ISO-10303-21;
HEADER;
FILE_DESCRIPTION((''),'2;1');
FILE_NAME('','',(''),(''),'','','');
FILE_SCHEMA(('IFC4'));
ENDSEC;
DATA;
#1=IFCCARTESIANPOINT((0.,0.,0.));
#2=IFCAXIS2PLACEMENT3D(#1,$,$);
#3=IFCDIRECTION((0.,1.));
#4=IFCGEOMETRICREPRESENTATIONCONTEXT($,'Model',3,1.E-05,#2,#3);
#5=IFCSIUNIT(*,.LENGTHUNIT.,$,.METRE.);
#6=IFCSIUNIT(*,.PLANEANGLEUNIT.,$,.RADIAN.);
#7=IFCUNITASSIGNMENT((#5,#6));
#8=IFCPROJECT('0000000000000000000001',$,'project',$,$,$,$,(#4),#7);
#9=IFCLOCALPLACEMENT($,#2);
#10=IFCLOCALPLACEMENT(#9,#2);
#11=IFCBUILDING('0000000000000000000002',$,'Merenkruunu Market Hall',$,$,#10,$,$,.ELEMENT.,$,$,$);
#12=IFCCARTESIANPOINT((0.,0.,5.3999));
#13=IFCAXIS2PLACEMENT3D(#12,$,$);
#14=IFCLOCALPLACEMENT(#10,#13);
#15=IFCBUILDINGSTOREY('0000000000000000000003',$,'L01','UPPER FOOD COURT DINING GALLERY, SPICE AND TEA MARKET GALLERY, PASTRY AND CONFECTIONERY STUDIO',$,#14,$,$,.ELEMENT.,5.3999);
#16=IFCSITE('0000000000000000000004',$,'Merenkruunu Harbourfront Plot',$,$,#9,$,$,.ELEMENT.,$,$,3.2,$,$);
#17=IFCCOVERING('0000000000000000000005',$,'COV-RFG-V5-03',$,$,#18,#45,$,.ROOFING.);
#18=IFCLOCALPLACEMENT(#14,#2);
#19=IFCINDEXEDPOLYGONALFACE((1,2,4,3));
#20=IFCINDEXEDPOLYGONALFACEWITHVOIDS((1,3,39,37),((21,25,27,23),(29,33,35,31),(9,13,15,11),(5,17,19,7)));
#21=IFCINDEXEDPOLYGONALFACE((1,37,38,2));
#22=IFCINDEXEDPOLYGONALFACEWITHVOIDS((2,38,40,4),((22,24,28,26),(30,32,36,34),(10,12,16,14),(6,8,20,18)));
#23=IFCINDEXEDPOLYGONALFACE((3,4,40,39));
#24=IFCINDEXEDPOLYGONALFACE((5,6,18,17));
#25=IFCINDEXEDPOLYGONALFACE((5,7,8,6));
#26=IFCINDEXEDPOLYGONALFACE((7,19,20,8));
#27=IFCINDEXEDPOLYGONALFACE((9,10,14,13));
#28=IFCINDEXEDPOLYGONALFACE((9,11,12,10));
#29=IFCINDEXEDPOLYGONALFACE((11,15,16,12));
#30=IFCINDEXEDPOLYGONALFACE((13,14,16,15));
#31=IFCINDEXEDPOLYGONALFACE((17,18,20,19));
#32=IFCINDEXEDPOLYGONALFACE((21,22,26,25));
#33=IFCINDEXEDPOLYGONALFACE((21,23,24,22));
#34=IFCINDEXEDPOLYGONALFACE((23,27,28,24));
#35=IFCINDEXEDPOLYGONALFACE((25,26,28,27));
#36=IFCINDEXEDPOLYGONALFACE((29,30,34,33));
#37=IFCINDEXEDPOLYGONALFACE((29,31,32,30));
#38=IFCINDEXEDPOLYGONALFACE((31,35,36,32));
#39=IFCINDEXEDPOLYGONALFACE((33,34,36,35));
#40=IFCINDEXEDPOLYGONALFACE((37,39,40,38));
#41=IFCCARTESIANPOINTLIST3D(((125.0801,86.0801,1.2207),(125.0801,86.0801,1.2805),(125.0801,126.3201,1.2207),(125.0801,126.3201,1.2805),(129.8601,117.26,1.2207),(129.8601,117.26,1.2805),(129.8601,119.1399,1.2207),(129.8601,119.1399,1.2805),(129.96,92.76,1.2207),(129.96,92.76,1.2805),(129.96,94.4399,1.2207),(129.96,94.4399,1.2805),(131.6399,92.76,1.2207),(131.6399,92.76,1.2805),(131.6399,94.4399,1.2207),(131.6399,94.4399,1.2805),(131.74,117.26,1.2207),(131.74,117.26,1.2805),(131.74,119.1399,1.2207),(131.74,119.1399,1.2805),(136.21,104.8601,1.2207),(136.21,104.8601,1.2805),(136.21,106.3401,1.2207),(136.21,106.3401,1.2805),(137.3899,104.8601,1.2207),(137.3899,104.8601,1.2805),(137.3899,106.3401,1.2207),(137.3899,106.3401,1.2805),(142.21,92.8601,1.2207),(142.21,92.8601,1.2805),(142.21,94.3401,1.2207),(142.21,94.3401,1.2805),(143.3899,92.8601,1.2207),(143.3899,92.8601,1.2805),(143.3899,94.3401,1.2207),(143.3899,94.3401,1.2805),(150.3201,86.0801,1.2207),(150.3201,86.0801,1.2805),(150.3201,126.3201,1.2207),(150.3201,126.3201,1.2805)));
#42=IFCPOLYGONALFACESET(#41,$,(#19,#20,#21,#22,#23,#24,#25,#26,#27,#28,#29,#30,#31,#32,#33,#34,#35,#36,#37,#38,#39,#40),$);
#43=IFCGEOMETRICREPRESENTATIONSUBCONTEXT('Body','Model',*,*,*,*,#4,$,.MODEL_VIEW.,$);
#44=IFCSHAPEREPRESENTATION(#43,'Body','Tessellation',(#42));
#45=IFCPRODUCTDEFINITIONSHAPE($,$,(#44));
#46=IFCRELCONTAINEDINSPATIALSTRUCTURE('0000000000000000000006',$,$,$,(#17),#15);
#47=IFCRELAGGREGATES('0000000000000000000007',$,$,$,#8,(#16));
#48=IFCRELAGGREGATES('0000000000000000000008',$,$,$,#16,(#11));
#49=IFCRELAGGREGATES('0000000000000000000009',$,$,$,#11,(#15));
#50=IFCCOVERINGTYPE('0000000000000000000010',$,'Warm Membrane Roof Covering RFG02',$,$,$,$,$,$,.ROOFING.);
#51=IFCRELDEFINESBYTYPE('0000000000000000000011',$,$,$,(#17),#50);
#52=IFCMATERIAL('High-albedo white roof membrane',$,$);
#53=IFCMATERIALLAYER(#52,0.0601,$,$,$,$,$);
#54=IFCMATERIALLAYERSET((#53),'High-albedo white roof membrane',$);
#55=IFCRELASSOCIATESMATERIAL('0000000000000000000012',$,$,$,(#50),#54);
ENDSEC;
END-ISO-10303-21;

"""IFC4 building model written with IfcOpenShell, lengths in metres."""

from ifc_helpers import new_model, si_unit, direction, frame, origin, place, context, subcontext, project, spatial, polyline, outline, extrude, material, layer, layer_set, type_object, element, save


model = new_model("IFC4")

# Units and contexts
model_context = context("Model", 3, precision=1e-05, world=origin(), true_north=direction((0.0, 1.0)))
body_context = subcontext(model_context, "Body", "Model", "MODEL_VIEW")
ifc_project = project(units=[si_unit("LENGTHUNIT", "METRE"), si_unit("PLANEANGLEUNIT", "RADIAN")], contexts=[model_context])

# Site, building, storey
site_placement = place(None, origin())
site = spatial("IfcSite", under=ifc_project, at=site_placement, Name="Merenkruunu Harbourfront Plot", CompositionType="ELEMENT", RefElevation=3.2)
building_placement = place(site_placement, origin())
building = spatial("IfcBuilding", under=site, at=building_placement, Name="Merenkruunu Market Hall", CompositionType="ELEMENT")
storey_placement = place(building_placement, frame((0.0, 0.0, 5.3999)))
storey = spatial("IfcBuildingStorey", under=building, at=storey_placement, Name="L01", Description="UPPER FOOD COURT DINING GALLERY, SPICE AND TEA MARKET GALLERY, PASTRY AND CONFECTIONERY STUDIO", CompositionType="ELEMENT", Elevation=5.3999)

# Covering
ifc_material_1 = material(Name="High-albedo white roof membrane")
ifc_layer_1 = layer(ifc_material_1, 0.0601)
ifc_layer_set_1 = layer_set([ifc_layer_1], Name="High-albedo white roof membrane")
covering_type_1 = type_object("IfcCoveringType", Name="Warm Membrane Roof Covering RFG02", PredefinedType="ROOFING", material=ifc_layer_set_1)
covering_1_placement = place(storey_placement, frame((0.0, 0.0, 1.2207)))
element("IfcCovering", 1, at=covering_1_placement, inside=storey, type_object=covering_type_1, Name="COV-RFG-V5-03", PredefinedType="ROOFING", context=body_context, shape_type="SweptSolid", body=[
    extrude(outline(polyline([(125.0801, 86.0801), (150.3201, 86.0801), (150.3201, 126.3201), (125.0801, 126.3201), (125.0801, 86.0801)]), holes=[polyline([(136.21, 104.8601), (137.3899, 104.8601), (137.3899, 106.3401), (136.21, 106.3401), (136.21, 104.8601)]), polyline([(129.96, 92.76), (131.6399, 92.76), (131.6399, 94.4399), (129.96, 94.4399), (129.96, 92.76)]), polyline([(129.8601, 117.26), (131.74, 117.26), (131.74, 119.1399), (129.8601, 119.1399), (129.8601, 117.26)]), polyline([(142.21, 92.8601), (143.3899, 92.8601), (143.3899, 94.3401), (142.21, 94.3401), (142.21, 92.8601)])]), origin(), (0.0, 0.0, 1.0), 0.0598),
])

save(model, "model.ifc")
